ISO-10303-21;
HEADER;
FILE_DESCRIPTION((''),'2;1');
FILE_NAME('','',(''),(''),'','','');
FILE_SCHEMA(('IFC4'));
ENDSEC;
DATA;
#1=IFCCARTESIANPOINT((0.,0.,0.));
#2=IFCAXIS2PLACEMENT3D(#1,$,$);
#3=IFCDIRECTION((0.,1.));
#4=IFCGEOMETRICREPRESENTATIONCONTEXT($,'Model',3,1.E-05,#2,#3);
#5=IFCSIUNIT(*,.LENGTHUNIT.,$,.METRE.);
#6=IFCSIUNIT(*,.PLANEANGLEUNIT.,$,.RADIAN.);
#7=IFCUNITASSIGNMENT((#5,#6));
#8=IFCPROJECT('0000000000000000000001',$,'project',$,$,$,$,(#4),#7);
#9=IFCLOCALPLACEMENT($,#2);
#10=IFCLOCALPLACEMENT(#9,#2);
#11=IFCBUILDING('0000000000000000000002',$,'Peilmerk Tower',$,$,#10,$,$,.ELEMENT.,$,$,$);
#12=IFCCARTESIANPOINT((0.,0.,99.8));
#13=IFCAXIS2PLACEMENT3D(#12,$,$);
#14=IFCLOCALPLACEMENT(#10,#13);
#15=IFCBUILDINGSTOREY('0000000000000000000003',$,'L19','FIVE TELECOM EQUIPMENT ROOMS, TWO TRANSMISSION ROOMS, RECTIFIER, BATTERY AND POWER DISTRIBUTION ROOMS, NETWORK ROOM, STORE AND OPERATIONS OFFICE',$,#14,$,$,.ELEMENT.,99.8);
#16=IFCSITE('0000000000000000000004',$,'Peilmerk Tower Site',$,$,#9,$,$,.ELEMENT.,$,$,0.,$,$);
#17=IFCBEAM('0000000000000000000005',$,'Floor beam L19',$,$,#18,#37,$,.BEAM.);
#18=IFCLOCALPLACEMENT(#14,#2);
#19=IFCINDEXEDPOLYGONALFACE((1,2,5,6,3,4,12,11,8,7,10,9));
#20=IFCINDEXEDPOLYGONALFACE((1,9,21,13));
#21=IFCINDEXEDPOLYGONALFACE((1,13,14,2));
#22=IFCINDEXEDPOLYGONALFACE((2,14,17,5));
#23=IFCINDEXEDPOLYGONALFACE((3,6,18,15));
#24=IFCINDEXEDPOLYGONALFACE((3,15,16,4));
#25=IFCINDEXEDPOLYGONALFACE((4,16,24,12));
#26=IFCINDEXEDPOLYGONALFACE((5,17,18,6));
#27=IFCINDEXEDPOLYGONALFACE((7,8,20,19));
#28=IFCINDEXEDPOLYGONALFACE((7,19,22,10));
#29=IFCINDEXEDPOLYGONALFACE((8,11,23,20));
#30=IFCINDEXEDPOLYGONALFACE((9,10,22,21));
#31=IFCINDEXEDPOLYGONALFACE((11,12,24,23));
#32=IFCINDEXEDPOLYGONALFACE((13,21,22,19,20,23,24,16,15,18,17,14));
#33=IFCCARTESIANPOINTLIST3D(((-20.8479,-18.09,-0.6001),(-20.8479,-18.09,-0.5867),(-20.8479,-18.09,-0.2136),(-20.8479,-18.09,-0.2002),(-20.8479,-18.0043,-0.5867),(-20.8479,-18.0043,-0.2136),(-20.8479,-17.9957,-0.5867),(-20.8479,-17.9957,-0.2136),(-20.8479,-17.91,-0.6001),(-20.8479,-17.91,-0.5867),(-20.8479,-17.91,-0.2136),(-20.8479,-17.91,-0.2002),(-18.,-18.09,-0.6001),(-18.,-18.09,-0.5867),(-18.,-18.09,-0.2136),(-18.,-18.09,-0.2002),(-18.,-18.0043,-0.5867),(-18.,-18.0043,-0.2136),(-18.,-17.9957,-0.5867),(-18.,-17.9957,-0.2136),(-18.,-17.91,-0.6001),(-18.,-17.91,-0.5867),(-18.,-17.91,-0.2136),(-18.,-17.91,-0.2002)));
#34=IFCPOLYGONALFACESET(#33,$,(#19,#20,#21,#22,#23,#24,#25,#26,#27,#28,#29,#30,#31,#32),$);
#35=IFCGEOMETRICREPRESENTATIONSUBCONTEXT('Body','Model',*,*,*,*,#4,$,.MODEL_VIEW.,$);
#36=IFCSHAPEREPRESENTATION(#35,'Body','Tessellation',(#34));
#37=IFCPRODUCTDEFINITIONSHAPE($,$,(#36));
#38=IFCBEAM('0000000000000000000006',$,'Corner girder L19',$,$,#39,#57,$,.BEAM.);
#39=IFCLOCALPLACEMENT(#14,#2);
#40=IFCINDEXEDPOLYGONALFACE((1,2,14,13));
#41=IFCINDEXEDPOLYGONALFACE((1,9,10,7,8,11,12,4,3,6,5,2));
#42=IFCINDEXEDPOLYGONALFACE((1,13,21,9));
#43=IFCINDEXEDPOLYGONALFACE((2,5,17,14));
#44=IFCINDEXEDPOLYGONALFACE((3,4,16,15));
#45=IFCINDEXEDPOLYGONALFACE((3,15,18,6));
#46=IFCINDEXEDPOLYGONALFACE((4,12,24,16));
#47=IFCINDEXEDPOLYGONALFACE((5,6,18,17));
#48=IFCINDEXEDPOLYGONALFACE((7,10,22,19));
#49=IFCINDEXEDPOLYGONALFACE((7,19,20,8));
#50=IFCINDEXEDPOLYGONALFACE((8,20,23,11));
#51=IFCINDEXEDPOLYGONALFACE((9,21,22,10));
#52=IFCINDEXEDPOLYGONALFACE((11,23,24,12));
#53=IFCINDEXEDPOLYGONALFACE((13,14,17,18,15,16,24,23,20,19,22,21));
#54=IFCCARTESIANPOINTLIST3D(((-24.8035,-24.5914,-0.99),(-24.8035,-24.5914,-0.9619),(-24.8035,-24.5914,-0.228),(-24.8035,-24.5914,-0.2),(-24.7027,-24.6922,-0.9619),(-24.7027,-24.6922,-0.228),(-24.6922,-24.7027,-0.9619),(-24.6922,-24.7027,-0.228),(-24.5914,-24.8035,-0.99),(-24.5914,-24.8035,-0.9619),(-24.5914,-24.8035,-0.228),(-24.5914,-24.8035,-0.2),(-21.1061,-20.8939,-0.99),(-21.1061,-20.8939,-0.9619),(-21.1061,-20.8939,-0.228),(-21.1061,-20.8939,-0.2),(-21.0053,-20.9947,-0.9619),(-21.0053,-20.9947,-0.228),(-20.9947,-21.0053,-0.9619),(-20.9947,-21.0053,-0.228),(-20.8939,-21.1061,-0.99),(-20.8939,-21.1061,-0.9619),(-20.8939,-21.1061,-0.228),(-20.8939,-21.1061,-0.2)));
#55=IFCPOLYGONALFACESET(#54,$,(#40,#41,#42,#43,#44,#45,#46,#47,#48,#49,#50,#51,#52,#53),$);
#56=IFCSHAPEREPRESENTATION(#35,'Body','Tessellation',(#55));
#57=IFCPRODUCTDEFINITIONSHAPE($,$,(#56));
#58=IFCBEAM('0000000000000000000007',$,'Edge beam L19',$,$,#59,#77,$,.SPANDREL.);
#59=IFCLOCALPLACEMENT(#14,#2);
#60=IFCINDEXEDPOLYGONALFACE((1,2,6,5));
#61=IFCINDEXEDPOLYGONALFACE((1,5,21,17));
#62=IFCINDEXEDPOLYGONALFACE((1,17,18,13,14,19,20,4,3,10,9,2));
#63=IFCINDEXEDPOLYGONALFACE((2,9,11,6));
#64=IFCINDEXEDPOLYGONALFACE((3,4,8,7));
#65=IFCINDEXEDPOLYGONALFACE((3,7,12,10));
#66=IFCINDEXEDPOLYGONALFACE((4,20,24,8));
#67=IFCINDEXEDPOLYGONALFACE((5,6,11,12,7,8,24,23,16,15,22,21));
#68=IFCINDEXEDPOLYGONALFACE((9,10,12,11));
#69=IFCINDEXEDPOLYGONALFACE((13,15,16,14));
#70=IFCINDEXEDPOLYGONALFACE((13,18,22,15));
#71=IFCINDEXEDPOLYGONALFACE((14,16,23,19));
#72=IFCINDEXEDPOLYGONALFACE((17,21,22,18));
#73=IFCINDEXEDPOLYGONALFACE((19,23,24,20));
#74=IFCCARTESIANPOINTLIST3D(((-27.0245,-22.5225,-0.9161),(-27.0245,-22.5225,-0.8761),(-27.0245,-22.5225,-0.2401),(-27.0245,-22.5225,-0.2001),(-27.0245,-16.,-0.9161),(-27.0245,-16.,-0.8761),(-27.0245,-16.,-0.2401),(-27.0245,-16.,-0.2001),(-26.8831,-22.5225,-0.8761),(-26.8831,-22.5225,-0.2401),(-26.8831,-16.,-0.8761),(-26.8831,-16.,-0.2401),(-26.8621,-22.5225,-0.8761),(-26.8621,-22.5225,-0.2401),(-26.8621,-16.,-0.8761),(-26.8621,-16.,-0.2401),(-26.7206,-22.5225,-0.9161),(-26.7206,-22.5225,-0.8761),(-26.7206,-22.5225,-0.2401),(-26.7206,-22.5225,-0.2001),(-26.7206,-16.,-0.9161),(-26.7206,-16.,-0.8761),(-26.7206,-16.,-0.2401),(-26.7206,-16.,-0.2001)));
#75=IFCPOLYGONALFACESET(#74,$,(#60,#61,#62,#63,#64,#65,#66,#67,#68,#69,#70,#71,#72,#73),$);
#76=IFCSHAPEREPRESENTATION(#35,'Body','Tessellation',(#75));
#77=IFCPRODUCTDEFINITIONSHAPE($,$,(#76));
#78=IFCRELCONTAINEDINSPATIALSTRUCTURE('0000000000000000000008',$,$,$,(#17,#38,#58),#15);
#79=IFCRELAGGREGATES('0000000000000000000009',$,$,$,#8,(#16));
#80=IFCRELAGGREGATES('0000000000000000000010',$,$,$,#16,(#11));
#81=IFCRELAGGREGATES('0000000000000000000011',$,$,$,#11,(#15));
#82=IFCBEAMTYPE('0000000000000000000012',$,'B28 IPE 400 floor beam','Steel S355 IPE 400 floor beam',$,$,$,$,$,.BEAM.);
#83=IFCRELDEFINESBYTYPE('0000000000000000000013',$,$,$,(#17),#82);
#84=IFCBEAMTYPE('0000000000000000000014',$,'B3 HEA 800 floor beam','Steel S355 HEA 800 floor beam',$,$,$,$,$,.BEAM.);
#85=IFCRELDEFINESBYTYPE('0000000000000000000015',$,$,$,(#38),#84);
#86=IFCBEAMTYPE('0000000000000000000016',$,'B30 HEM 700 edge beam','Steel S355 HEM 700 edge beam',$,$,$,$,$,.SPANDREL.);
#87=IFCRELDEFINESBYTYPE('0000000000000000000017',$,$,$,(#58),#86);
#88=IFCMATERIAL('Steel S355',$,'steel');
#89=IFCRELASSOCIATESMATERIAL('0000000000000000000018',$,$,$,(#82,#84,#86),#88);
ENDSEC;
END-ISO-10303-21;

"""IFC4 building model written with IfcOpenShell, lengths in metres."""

from ifc_helpers import new_model, si_unit, direction, frame, origin, origin_2d, place, context, subcontext, project, spatial, i_section, extrude, material, material_profile, profile_set, type_object, element, save


model = new_model("IFC4")

# Units and contexts
model_context = context("Model", 3, precision=1e-05, world=origin(), true_north=direction((0.0, 1.0)))
body_context = subcontext(model_context, "Body", "Model", "MODEL_VIEW")
ifc_project = project(units=[si_unit("LENGTHUNIT", "METRE"), si_unit("PLANEANGLEUNIT", "RADIAN")], contexts=[model_context])

# Site, building, storey
site_placement = place(None, origin())
site = spatial("IfcSite", under=ifc_project, at=site_placement, Name="Peilmerk Tower Site", CompositionType="ELEMENT", RefElevation=0.0)
building_placement = place(site_placement, origin())
building = spatial("IfcBuilding", under=site, at=building_placement, Name="Peilmerk Tower", CompositionType="ELEMENT")
storey_placement = place(building_placement, frame((0.0, 0.0, 99.8)))
storey = spatial("IfcBuildingStorey", under=building, at=storey_placement, Name="L19", Description="FIVE TELECOM EQUIPMENT ROOMS, TWO TRANSMISSION ROOMS, RECTIFIER, BATTERY AND POWER DISTRIBUTION ROOMS, NETWORK ROOM, STORE AND OPERATIONS OFFICE", CompositionType="ELEMENT", Elevation=99.8)

# Beams
ifc_material_1 = material(Name="Steel S355", Category="steel")
ifc_material_profile_1 = material_profile(ifc_material_1, i_section(OverallWidth=0.1799, OverallDepth=0.3999, WebThickness=0.0085, FlangeThickness=0.0134, at=origin_2d()), Name="IPE 400")
ifc_profile_set_1 = profile_set([ifc_material_profile_1], Name="Steel S355")
beam_type_1 = type_object("IfcBeamType", Name="B28 IPE 400 floor beam", Description="Steel S355 IPE 400 floor beam", PredefinedType="BEAM", material=ifc_profile_set_1)
for number, where, z_axis, x_axis, name in (
    (1, (-18.0, -18.0, -0.4001), (-1.0, 0.0, 0.0), (0.0, -1.0, 0.0), "Floor beam L19"),
):
    element("IfcBeam", number, at=place(storey_placement, frame(where, z_axis=z_axis, x_axis=x_axis)), inside=storey, type_object=beam_type_1, Name=name, PredefinedType="BEAM", context=body_context, shape_type="SweptSolid", body=[
        extrude(i_section(OverallWidth=0.1799, OverallDepth=0.3999, WebThickness=0.0085, FlangeThickness=0.0134, at=origin_2d()), origin(), (0.0, 0.0, 1.0), 2.8479),
    ])
ifc_material_profile_2 = material_profile(ifc_material_1, i_section(OverallWidth=0.3, OverallDepth=0.79, WebThickness=0.0149, FlangeThickness=0.0281, at=origin_2d()), Name="HEA 800")
ifc_profile_set_2 = profile_set([ifc_material_profile_2], Name="Steel S355")
beam_type_2 = type_object("IfcBeamType", Name="B3 HEA 800 floor beam", Description="Steel S355 HEA 800 floor beam", PredefinedType="BEAM", material=ifc_profile_set_2)
beam_1_placement = place(storey_placement, frame((-21.0, -21.0, -0.595), z_axis=(-0.707107, -0.707107, 0.0), x_axis=(0.707107, -0.707107, 0.0)))
element("IfcBeam", 2, at=beam_1_placement, inside=storey, type_object=beam_type_2, Name="Corner girder L19", PredefinedType="BEAM", context=body_context, shape_type="SweptSolid", body=[
    extrude(i_section(OverallWidth=0.3, OverallDepth=0.79, WebThickness=0.0149, FlangeThickness=0.0281, at=origin_2d()), origin(), (0.0, 0.0, 1.0), 5.229),
])
ifc_material_profile_3 = material_profile(ifc_material_1, i_section(OverallWidth=0.304, OverallDepth=0.7161, WebThickness=0.021, FlangeThickness=0.04, at=origin_2d()), Name="HEM 700")
ifc_profile_set_3 = profile_set([ifc_material_profile_3], Name="Steel S355")
beam_type_3 = type_object("IfcBeamType", Name="B30 HEM 700 edge beam", Description="Steel S355 HEM 700 edge beam", PredefinedType="SPANDREL", material=ifc_profile_set_3)
beam_2_placement = place(storey_placement, frame((-26.8726, -16.0, -0.5581), z_axis=(0.0, -1.0, 0.0), x_axis=(1.0, 0.0, 0.0)))
element("IfcBeam", 3, at=beam_2_placement, inside=storey, type_object=beam_type_3, Name="Edge beam L19", PredefinedType="SPANDREL", context=body_context, shape_type="SweptSolid", body=[
    extrude(i_section(OverallWidth=0.304, OverallDepth=0.7161, WebThickness=0.021, FlangeThickness=0.04, at=origin_2d()), origin(), (0.0, 0.0, 1.0), 6.5225),
])

save(model, "model.ifc")
